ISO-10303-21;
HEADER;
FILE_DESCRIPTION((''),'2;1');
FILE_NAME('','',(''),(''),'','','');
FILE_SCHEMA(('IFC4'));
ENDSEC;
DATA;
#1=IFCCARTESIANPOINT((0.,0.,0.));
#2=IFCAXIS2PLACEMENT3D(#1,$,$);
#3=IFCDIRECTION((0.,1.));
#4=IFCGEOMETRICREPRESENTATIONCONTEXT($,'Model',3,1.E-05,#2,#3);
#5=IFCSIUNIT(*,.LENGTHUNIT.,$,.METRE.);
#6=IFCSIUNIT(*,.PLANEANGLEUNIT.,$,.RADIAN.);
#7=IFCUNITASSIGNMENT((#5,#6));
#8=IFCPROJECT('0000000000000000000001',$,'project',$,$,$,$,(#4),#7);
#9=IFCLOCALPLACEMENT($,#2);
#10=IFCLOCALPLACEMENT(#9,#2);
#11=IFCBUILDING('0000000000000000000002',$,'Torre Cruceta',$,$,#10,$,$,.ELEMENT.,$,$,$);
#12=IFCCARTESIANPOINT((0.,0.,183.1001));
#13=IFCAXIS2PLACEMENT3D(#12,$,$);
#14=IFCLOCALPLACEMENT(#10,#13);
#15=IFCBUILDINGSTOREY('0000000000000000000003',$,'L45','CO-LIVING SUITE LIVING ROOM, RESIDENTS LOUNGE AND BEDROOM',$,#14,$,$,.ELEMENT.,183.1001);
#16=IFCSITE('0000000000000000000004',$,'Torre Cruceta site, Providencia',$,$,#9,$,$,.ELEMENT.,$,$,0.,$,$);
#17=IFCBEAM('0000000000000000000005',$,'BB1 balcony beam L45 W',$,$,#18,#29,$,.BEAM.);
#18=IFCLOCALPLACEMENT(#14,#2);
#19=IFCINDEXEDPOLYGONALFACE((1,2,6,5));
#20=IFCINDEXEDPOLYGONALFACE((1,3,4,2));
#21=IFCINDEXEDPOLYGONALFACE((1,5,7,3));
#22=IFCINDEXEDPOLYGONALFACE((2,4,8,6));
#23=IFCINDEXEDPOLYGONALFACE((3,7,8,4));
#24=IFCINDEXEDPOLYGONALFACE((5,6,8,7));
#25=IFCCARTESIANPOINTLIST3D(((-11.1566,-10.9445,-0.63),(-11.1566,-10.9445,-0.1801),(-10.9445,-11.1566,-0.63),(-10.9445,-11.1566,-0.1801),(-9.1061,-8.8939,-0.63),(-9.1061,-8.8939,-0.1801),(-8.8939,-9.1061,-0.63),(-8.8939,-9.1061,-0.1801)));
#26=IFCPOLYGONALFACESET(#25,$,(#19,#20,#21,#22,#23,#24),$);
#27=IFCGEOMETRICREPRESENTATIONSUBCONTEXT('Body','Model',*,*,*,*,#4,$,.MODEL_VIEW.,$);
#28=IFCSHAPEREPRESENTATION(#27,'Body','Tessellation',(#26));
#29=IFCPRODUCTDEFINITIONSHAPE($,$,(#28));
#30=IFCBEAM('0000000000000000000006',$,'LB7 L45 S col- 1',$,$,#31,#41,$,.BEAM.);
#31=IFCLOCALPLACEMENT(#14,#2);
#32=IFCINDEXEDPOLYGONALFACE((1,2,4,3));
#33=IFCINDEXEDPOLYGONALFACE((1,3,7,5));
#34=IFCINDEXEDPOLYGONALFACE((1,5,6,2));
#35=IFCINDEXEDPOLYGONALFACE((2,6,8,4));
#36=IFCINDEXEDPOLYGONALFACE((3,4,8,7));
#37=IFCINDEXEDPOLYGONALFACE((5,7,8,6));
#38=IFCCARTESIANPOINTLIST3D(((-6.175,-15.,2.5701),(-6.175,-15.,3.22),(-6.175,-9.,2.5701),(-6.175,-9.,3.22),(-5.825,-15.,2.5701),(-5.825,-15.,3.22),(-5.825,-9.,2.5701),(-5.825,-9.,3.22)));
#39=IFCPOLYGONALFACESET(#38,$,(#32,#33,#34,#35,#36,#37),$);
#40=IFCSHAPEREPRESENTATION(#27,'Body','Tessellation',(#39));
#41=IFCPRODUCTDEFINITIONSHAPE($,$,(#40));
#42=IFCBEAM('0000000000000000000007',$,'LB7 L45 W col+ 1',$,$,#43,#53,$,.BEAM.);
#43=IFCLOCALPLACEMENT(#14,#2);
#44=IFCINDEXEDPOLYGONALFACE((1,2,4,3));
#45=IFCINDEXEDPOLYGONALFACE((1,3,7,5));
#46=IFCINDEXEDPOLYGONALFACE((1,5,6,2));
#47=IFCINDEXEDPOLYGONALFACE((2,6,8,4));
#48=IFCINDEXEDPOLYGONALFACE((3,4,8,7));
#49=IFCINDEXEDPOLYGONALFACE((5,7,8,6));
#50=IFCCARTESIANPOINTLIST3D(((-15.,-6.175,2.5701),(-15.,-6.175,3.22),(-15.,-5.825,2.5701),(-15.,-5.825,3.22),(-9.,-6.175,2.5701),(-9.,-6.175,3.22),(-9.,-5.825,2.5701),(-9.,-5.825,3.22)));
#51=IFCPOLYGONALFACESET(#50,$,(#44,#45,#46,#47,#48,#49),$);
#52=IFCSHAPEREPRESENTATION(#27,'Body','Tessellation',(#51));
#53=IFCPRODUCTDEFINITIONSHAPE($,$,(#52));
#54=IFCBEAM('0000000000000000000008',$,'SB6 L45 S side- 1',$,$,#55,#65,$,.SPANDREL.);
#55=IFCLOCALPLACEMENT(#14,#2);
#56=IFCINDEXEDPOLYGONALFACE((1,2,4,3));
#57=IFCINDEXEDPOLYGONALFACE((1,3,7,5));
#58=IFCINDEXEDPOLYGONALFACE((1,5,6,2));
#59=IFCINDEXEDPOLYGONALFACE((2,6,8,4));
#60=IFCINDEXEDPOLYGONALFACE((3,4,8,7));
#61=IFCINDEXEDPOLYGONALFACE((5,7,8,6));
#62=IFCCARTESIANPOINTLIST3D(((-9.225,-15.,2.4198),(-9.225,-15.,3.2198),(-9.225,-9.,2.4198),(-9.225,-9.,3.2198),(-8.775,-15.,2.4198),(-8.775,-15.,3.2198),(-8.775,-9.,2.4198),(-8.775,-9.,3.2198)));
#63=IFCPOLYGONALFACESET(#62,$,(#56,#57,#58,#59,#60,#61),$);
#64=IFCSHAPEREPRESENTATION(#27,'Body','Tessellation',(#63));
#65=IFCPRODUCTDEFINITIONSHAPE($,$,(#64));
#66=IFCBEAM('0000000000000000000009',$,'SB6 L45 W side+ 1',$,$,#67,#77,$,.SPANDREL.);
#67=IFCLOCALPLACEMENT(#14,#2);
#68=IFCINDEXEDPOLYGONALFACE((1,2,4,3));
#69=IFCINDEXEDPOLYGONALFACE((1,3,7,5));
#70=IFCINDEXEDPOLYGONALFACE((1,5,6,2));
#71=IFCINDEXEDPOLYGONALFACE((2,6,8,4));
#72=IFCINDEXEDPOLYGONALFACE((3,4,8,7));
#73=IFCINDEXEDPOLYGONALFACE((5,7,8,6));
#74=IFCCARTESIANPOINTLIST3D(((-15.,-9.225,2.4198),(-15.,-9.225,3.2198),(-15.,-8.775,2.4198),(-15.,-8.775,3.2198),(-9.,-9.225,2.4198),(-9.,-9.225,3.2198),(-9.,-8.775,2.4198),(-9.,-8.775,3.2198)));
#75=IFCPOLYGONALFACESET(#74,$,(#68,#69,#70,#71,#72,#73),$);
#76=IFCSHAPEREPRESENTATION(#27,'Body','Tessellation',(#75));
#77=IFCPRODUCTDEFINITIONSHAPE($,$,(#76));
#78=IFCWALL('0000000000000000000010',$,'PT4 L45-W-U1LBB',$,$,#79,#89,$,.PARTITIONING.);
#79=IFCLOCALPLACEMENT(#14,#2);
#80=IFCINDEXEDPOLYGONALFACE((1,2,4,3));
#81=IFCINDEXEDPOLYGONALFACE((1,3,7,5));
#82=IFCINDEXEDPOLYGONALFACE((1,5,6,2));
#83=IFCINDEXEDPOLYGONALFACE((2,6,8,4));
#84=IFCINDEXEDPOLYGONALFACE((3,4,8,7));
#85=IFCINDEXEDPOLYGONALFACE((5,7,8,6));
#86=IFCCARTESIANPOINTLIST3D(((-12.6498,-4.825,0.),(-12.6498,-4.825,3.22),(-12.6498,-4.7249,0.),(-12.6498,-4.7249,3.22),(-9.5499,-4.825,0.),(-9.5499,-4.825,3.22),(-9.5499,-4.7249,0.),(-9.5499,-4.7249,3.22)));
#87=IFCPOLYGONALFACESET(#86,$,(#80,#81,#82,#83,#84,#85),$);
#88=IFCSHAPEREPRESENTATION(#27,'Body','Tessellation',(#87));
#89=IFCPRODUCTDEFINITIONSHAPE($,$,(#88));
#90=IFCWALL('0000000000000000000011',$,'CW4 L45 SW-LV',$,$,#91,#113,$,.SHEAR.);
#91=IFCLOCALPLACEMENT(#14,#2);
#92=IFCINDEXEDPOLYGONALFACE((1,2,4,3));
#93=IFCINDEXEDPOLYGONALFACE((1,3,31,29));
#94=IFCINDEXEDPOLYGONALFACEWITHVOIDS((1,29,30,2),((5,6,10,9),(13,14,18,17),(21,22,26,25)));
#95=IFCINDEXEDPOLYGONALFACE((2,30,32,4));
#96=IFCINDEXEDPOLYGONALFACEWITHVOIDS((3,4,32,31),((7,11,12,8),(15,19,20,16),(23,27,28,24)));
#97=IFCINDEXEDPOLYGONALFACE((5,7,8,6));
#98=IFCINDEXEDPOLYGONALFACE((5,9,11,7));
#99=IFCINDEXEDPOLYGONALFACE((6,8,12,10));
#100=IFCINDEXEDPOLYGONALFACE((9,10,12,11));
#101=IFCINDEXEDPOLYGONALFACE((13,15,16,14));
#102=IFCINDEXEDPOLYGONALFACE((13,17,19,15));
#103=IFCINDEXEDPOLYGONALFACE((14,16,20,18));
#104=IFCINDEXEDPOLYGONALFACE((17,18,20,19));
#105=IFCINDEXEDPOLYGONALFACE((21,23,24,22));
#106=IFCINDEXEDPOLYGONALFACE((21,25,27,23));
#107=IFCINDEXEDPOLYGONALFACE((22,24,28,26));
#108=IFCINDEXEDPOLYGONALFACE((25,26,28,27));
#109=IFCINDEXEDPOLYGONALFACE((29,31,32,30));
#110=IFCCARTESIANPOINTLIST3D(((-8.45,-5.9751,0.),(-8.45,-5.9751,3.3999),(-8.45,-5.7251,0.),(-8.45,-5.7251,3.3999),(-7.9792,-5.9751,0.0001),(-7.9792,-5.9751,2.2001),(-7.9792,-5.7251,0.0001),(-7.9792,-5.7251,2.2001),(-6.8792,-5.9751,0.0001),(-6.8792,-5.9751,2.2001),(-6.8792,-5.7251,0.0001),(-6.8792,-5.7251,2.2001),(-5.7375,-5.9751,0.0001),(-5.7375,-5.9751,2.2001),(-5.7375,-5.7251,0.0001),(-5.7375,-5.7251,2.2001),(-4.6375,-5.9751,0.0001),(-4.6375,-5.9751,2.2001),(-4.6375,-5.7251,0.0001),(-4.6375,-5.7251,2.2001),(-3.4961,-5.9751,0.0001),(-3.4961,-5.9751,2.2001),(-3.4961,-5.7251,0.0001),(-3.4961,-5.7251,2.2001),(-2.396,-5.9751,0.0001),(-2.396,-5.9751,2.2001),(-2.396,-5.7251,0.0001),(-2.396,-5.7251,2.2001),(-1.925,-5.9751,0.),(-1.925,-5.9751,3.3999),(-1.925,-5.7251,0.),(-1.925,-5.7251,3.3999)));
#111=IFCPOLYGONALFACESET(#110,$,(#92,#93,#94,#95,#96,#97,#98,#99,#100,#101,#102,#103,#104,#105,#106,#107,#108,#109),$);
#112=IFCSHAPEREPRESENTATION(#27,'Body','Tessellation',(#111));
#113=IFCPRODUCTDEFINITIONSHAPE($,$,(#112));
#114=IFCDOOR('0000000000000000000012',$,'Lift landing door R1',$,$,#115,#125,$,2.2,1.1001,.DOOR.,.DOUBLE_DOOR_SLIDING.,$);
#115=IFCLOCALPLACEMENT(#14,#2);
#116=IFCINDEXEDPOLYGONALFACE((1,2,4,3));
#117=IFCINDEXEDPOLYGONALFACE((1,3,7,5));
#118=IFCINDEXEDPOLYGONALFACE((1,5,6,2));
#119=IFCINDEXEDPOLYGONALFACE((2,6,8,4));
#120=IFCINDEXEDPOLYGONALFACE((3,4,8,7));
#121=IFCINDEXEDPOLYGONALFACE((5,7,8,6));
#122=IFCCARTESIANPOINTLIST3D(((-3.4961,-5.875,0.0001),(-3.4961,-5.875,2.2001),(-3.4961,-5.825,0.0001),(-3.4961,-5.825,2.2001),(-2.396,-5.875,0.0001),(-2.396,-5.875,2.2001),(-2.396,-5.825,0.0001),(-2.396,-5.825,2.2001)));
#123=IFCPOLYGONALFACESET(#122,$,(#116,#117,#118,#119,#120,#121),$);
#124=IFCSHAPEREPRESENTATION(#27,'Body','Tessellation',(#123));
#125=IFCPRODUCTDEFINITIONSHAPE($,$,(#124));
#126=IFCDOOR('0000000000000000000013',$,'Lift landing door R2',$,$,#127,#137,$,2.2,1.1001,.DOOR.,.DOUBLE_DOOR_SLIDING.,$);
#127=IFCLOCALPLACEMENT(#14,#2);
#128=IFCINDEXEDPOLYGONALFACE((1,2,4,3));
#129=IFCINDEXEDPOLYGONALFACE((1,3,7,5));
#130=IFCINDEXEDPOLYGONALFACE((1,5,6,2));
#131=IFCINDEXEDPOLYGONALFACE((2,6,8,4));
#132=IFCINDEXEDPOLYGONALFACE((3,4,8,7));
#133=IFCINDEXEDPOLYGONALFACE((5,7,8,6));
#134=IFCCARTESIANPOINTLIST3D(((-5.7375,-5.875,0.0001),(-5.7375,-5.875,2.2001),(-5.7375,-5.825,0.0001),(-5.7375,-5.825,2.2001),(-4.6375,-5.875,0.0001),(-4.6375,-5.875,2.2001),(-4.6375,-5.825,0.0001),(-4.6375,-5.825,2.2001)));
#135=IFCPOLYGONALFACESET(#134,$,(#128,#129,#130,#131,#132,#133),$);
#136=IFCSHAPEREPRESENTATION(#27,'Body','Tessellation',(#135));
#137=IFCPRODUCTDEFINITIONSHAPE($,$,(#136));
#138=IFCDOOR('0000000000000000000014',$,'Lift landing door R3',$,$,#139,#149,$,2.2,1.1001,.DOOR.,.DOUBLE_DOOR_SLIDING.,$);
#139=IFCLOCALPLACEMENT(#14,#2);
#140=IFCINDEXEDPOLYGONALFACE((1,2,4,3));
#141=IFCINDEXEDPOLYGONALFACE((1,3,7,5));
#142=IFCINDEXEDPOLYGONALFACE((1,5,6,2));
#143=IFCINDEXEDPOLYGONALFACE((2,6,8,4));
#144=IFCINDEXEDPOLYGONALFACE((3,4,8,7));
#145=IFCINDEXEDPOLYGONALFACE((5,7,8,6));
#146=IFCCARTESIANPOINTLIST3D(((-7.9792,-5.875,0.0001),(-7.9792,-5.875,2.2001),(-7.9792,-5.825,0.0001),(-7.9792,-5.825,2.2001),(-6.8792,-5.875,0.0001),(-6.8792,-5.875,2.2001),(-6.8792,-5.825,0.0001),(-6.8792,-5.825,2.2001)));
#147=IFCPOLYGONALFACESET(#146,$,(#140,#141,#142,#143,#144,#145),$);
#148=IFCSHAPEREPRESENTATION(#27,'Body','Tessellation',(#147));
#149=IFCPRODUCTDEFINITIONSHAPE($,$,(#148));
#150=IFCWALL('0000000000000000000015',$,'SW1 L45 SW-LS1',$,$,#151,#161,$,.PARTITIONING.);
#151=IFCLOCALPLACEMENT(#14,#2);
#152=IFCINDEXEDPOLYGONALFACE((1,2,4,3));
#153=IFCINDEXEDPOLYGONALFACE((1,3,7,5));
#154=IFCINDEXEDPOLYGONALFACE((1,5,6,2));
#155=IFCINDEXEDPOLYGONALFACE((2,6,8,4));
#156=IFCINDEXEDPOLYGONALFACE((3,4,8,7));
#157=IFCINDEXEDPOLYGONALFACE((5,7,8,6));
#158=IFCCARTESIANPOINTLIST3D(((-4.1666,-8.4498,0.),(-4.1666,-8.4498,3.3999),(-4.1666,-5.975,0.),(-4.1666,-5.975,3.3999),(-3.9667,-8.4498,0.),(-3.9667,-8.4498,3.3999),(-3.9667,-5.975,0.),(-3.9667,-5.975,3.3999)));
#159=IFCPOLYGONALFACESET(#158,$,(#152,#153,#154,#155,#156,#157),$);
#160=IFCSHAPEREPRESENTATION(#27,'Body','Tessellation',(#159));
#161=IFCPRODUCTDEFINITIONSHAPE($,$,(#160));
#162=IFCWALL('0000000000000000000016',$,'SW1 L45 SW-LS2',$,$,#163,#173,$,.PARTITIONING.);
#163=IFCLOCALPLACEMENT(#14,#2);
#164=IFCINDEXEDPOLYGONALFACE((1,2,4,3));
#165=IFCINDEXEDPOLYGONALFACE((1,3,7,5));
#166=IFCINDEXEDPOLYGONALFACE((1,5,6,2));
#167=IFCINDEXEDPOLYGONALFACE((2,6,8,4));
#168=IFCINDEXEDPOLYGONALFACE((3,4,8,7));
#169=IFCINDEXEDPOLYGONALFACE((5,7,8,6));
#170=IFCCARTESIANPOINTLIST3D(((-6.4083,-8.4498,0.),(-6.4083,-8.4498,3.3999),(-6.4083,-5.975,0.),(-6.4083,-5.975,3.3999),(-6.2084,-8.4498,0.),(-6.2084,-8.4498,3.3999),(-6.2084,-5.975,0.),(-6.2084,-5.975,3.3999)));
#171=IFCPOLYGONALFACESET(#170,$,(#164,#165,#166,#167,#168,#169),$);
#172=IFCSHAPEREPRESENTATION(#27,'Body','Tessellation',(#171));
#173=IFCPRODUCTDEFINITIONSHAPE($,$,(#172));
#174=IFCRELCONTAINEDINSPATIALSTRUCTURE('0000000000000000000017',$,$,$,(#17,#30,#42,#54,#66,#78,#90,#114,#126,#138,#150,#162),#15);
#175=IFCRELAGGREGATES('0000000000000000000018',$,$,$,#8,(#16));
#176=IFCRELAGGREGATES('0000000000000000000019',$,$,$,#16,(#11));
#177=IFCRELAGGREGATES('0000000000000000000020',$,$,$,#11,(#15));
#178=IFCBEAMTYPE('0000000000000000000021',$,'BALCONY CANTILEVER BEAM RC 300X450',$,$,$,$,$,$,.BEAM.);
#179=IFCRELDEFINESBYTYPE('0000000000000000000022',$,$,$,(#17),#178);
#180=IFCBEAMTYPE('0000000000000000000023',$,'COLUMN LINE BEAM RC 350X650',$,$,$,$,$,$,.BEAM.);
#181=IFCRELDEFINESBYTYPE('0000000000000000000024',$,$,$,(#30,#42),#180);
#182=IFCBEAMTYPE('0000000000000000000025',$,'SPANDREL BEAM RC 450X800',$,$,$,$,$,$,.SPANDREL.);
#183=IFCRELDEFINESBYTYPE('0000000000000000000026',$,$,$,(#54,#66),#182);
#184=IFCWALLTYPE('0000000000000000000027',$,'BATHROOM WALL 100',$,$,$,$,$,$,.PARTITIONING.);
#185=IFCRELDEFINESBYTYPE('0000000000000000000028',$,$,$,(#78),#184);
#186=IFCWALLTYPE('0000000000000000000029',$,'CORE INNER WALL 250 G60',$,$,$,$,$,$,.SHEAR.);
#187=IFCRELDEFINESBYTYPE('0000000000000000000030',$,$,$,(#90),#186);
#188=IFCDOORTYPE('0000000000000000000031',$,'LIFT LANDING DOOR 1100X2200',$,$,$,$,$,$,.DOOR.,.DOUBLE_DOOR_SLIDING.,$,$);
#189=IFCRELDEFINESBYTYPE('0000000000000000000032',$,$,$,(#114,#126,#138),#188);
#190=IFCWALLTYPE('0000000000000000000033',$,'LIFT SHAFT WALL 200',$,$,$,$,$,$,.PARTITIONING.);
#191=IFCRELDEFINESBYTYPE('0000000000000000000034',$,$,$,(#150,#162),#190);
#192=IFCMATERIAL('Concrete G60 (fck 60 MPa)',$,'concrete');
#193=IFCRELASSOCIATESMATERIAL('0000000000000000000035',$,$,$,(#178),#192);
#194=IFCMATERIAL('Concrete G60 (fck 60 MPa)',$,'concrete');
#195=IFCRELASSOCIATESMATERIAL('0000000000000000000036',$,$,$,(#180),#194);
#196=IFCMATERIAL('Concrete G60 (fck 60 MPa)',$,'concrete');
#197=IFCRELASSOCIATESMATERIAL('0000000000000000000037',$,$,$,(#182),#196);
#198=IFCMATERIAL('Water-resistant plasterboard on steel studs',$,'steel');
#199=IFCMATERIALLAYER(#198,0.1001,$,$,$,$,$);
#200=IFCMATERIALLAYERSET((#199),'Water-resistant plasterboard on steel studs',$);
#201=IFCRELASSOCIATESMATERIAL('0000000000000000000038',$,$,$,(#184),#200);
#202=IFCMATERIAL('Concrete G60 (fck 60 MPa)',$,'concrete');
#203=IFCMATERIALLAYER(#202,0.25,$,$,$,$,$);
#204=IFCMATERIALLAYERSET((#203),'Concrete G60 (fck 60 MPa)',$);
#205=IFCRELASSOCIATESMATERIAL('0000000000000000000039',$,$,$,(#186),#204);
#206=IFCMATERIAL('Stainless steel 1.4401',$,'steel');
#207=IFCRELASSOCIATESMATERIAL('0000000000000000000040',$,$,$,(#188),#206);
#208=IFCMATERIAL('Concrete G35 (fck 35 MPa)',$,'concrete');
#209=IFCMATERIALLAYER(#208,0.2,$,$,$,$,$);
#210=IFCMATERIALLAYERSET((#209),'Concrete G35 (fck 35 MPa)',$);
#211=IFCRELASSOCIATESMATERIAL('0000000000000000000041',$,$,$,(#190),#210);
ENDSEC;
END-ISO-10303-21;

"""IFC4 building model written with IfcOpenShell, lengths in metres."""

from ifc_helpers import new_model, si_unit, direction, frame, frame_2d, origin, origin_2d, place, context, subcontext, project, spatial, rectangle, extrude, material, layer, layer_set, material_profile, profile_set, type_object, element, fill, save


model = new_model("IFC4")

# Units and contexts
model_context = context("Model", 3, precision=1e-05, world=origin(), true_north=direction((0.0, 1.0)))
body_context = subcontext(model_context, "Body", "Model", "MODEL_VIEW")
ifc_project = project(units=[si_unit("LENGTHUNIT", "METRE"), si_unit("PLANEANGLEUNIT", "RADIAN")], contexts=[model_context])

# Site, building, storey
site_placement = place(None, origin())
site = spatial("IfcSite", under=ifc_project, at=site_placement, Name="Torre Cruceta site, Providencia", CompositionType="ELEMENT", RefElevation=0.0)
building_placement = place(site_placement, origin())
building = spatial("IfcBuilding", under=site, at=building_placement, Name="Torre Cruceta", CompositionType="ELEMENT")
storey_placement = place(building_placement, frame((0.0, 0.0, 183.1001)))
storey = spatial("IfcBuildingStorey", under=building, at=storey_placement, Name="L45", Description="CO-LIVING SUITE LIVING ROOM, RESIDENTS LOUNGE AND BEDROOM", CompositionType="ELEMENT", Elevation=183.1001)

# Beams
ifc_material_1 = material(Name="Concrete G60 (fck 60 MPa)", Category="concrete")
ifc_material_profile_1 = material_profile(ifc_material_1, rectangle(XDim=0.3, YDim=0.45, at=origin_2d()), Name="RC 300X450")
ifc_profile_set_1 = profile_set([ifc_material_profile_1], Name="Concrete G60 (fck 60 MPa)")
beam_type_1 = type_object("IfcBeamType", Name="BALCONY CANTILEVER BEAM RC 300X450", PredefinedType="BEAM", material=ifc_profile_set_1)
beam_placement = place(storey_placement, frame((-9.0, -9.0, -0.405), z_axis=(-0.707107, -0.707107, 0.0), x_axis=(0.707107, -0.707107, 0.0)))
element("IfcBeam", 1, at=beam_placement, inside=storey, type_object=beam_type_1, Name="BB1 balcony beam L45 W", PredefinedType="BEAM", context=body_context, shape_type="SweptSolid", body=[
    extrude(rectangle(XDim=0.3, YDim=0.45, at=origin_2d()), origin(), (0.0, 0.0, 1.0), 2.8999),
])
ifc_material_2 = material(Name="Concrete G60 (fck 60 MPa)", Category="concrete")
ifc_material_profile_2 = material_profile(ifc_material_2, rectangle(XDim=0.3501, YDim=0.6499, at=origin_2d()), Name="RC 350X650")
ifc_profile_set_2 = profile_set([ifc_material_profile_2], Name="Concrete G60 (fck 60 MPa)")
beam_type_2 = type_object("IfcBeamType", Name="COLUMN LINE BEAM RC 350X650", PredefinedType="BEAM", material=ifc_profile_set_2)
for number, where, z_axis, x_axis, name in (
    (2, (-6.0, -9.0, 2.895), (0.0, -1.0, 0.0), (1.0, 0.0, 0.0), "LB7 L45 S col- 1"),
    (3, (-9.0, -6.0, 2.895), (-1.0, 0.0, 0.0), (0.0, -1.0, 0.0), "LB7 L45 W col+ 1"),
):
    element("IfcBeam", number, at=place(storey_placement, frame(where, z_axis=z_axis, x_axis=x_axis)), inside=storey, type_object=beam_type_2, Name=name, PredefinedType="BEAM", context=body_context, shape_type="SweptSolid", body=[
        extrude(rectangle(XDim=0.3501, YDim=0.6499, at=origin_2d()), origin(), (0.0, 0.0, 1.0), 6.0),
    ])
ifc_material_3 = material(Name="Concrete G60 (fck 60 MPa)", Category="concrete")
ifc_material_profile_3 = material_profile(ifc_material_3, rectangle(XDim=0.45, YDim=0.8, at=origin_2d()), Name="RC 450X800")
ifc_profile_set_3 = profile_set([ifc_material_profile_3], Name="Concrete G60 (fck 60 MPa)")
beam_type_3 = type_object("IfcBeamType", Name="SPANDREL BEAM RC 450X800", PredefinedType="SPANDREL", material=ifc_profile_set_3)
for number, where, z_axis, x_axis, name in (
    (4, (-9.0, -9.0, 2.8198), (0.0, -1.0, 0.0), (1.0, 0.0, 0.0), "SB6 L45 S side- 1"),
    (5, (-9.0, -9.0, 2.8198), (-1.0, 0.0, 0.0), (0.0, -1.0, 0.0), "SB6 L45 W side+ 1"),
):
    element("IfcBeam", number, at=place(storey_placement, frame(where, z_axis=z_axis, x_axis=x_axis)), inside=storey, type_object=beam_type_3, Name=name, PredefinedType="SPANDREL", context=body_context, shape_type="SweptSolid", body=[
        extrude(rectangle(XDim=0.45, YDim=0.8, at=origin_2d()), origin(), (0.0, 0.0, 1.0), 6.0),
    ])

# Wall
ifc_material_4 = material(Name="Water-resistant plasterboard on steel studs", Category="steel")
ifc_layer_1 = layer(ifc_material_4, 0.1001)
ifc_layer_set_1 = layer_set([ifc_layer_1], Name="Water-resistant plasterboard on steel studs")
wall_type_1 = type_object("IfcWallType", Name="BATHROOM WALL 100", PredefinedType="PARTITIONING", material=ifc_layer_set_1)
wall_1_placement = place(storey_placement, frame((-9.55, -4.7749, 0.0), z_axis=(0.0, 0.0, 1.0), x_axis=(-1.0, 0.0, 0.0)))
element("IfcWall", 6, at=wall_1_placement, inside=storey, type_object=wall_type_1, Name="PT4 L45-W-U1LBB", PredefinedType="PARTITIONING", context=body_context, shape_type="SweptSolid", body=[
    extrude(rectangle(XDim=3.0999, YDim=0.1001, at=frame_2d((1.5498, 0.0))), origin(), (0.0, 0.0, 1.0), 3.22),
])

# Wall, openings, doors
ifc_material_5 = material(Name="Concrete G60 (fck 60 MPa)", Category="concrete")
ifc_layer_2 = layer(ifc_material_5, 0.25)
ifc_layer_set_2 = layer_set([ifc_layer_2], Name="Concrete G60 (fck 60 MPa)")
wall_type_2 = type_object("IfcWallType", Name="CORE INNER WALL 250 G60", PredefinedType="SHEAR", material=ifc_layer_set_2)
wall_2_placement = place(storey_placement, frame((-1.925, -5.8501, 0.0), z_axis=(0.0, 0.0, 1.0), x_axis=(-1.0, 0.0, 0.0)))
wall_2 = element("IfcWall", 7, at=wall_2_placement, inside=storey, type_object=wall_type_2, Name="CW4 L45 SW-LV", PredefinedType="SHEAR", context=body_context, shape_type="SweptSolid", body=[
    extrude(rectangle(XDim=6.5249, YDim=0.25, at=frame_2d((3.2625, 0.0))), origin(), (0.0, 0.0, 1.0), 3.3999),
])
opening_1_placement = place(wall_2_placement, frame((0.4709, 0.0, 0.0)))
opening_1 = element("IfcOpeningElement", 8, at=opening_1_placement, cuts=wall_2, PredefinedType="OPENING", context=body_context, shape_type="SweptSolid", body=[
    extrude(rectangle(XDim=1.1001, YDim=2.2, at=frame_2d((0.55, 1.1001))), frame((0.0, 0.135, 0.0), z_axis=(0.0, -1.0, 0.0), x_axis=(1.0, 0.0, 0.0)), (0.0, 0.0, 1.0), 0.27),
])
opening_2_placement = place(wall_2_placement, frame((2.7124, 0.0, 0.0)))
opening_2 = element("IfcOpeningElement", 9, at=opening_2_placement, cuts=wall_2, PredefinedType="OPENING", context=body_context, shape_type="SweptSolid", body=[
    extrude(rectangle(XDim=1.1001, YDim=2.2, at=frame_2d((0.55, 1.1001))), frame((0.0, 0.135, 0.0), z_axis=(0.0, -1.0, 0.0), x_axis=(1.0, 0.0, 0.0)), (0.0, 0.0, 1.0), 0.27),
])
opening_3_placement = place(wall_2_placement, frame((4.9541, 0.0, 0.0)))
opening_3 = element("IfcOpeningElement", 10, at=opening_3_placement, cuts=wall_2, PredefinedType="OPENING", context=body_context, shape_type="SweptSolid", body=[
    extrude(rectangle(XDim=1.1001, YDim=2.2, at=frame_2d((0.55, 1.1001))), frame((0.0, 0.135, 0.0), z_axis=(0.0, -1.0, 0.0), x_axis=(1.0, 0.0, 0.0)), (0.0, 0.0, 1.0), 0.27),
])
ifc_material_6 = material(Name="Stainless steel 1.4401", Category="steel")
door_type_1 = type_object("IfcDoorType", Name="LIFT LANDING DOOR 1100X2200", OperationType="DOUBLE_DOOR_SLIDING", PredefinedType="DOOR", material=ifc_material_6)
door_1_placement = place(opening_1_placement, origin())
door_1 = element("IfcDoor", 11, at=door_1_placement, inside=storey, type_object=door_type_1, Name="Lift landing door R1", OperationType="DOUBLE_DOOR_SLIDING", OverallHeight=2.2, OverallWidth=1.1001, PredefinedType="DOOR", context=body_context, shape_type="SweptSolid", body=[
    extrude(rectangle(XDim=1.1001, YDim=2.2, at=frame_2d((0.55, 1.1001))), frame((0.0, 0.0249, 0.0), z_axis=(0.0, -1.0, 0.0), x_axis=(1.0, 0.0, 0.0)), (0.0, 0.0, 1.0), 0.05),
])
fill(opening_1, door_1)
door_2_placement = place(opening_2_placement, origin())
door_2 = element("IfcDoor", 12, at=door_2_placement, inside=storey, type_object=door_type_1, Name="Lift landing door R2", OperationType="DOUBLE_DOOR_SLIDING", OverallHeight=2.2, OverallWidth=1.1001, PredefinedType="DOOR", context=body_context, shape_type="SweptSolid", body=[
    extrude(rectangle(XDim=1.1001, YDim=2.2, at=frame_2d((0.55, 1.1001))), frame((0.0, 0.0249, 0.0), z_axis=(0.0, -1.0, 0.0), x_axis=(1.0, 0.0, 0.0)), (0.0, 0.0, 1.0), 0.05),
])
fill(opening_2, door_2)
door_3_placement = place(opening_3_placement, origin())
door_3 = element("IfcDoor", 13, at=door_3_placement, inside=storey, type_object=door_type_1, Name="Lift landing door R3", OperationType="DOUBLE_DOOR_SLIDING", OverallHeight=2.2, OverallWidth=1.1001, PredefinedType="DOOR", context=body_context, shape_type="SweptSolid", body=[
    extrude(rectangle(XDim=1.1001, YDim=2.2, at=frame_2d((0.55, 1.1001))), frame((0.0, 0.0249, 0.0), z_axis=(0.0, -1.0, 0.0), x_axis=(1.0, 0.0, 0.0)), (0.0, 0.0, 1.0), 0.05),
])
fill(opening_3, door_3)

# Walls
ifc_material_7 = material(Name="Concrete G35 (fck 35 MPa)", Category="concrete")
ifc_layer_3 = layer(ifc_material_7, 0.2)
ifc_layer_set_3 = layer_set([ifc_layer_3], Name="Concrete G35 (fck 35 MPa)")
wall_type_3 = type_object("IfcWallType", Name="LIFT SHAFT WALL 200", PredefinedType="PARTITIONING", material=ifc_layer_set_3)
for number, where, z_axis, x_axis, name in (
    (14, (-4.0667, -5.9751, 0.0), (0.0, 0.0, 1.0), (0.0, -1.0, 0.0), "SW1 L45 SW-LS1"),
    (15, (-6.3083, -5.9751, 0.0), (0.0, 0.0, 1.0), (0.0, -1.0, 0.0), "SW1 L45 SW-LS2"),
):
    element("IfcWall", number, at=place(storey_placement, frame(where, z_axis=z_axis, x_axis=x_axis)), inside=storey, type_object=wall_type_3, Name=name, PredefinedType="PARTITIONING", context=body_context, shape_type="SweptSolid", body=[
        extrude(rectangle(XDim=2.4749, YDim=0.2, at=frame_2d((1.2373, 0.0))), origin(), (0.0, 0.0, 1.0), 3.3999),
    ])

save(model, "model.ifc")
